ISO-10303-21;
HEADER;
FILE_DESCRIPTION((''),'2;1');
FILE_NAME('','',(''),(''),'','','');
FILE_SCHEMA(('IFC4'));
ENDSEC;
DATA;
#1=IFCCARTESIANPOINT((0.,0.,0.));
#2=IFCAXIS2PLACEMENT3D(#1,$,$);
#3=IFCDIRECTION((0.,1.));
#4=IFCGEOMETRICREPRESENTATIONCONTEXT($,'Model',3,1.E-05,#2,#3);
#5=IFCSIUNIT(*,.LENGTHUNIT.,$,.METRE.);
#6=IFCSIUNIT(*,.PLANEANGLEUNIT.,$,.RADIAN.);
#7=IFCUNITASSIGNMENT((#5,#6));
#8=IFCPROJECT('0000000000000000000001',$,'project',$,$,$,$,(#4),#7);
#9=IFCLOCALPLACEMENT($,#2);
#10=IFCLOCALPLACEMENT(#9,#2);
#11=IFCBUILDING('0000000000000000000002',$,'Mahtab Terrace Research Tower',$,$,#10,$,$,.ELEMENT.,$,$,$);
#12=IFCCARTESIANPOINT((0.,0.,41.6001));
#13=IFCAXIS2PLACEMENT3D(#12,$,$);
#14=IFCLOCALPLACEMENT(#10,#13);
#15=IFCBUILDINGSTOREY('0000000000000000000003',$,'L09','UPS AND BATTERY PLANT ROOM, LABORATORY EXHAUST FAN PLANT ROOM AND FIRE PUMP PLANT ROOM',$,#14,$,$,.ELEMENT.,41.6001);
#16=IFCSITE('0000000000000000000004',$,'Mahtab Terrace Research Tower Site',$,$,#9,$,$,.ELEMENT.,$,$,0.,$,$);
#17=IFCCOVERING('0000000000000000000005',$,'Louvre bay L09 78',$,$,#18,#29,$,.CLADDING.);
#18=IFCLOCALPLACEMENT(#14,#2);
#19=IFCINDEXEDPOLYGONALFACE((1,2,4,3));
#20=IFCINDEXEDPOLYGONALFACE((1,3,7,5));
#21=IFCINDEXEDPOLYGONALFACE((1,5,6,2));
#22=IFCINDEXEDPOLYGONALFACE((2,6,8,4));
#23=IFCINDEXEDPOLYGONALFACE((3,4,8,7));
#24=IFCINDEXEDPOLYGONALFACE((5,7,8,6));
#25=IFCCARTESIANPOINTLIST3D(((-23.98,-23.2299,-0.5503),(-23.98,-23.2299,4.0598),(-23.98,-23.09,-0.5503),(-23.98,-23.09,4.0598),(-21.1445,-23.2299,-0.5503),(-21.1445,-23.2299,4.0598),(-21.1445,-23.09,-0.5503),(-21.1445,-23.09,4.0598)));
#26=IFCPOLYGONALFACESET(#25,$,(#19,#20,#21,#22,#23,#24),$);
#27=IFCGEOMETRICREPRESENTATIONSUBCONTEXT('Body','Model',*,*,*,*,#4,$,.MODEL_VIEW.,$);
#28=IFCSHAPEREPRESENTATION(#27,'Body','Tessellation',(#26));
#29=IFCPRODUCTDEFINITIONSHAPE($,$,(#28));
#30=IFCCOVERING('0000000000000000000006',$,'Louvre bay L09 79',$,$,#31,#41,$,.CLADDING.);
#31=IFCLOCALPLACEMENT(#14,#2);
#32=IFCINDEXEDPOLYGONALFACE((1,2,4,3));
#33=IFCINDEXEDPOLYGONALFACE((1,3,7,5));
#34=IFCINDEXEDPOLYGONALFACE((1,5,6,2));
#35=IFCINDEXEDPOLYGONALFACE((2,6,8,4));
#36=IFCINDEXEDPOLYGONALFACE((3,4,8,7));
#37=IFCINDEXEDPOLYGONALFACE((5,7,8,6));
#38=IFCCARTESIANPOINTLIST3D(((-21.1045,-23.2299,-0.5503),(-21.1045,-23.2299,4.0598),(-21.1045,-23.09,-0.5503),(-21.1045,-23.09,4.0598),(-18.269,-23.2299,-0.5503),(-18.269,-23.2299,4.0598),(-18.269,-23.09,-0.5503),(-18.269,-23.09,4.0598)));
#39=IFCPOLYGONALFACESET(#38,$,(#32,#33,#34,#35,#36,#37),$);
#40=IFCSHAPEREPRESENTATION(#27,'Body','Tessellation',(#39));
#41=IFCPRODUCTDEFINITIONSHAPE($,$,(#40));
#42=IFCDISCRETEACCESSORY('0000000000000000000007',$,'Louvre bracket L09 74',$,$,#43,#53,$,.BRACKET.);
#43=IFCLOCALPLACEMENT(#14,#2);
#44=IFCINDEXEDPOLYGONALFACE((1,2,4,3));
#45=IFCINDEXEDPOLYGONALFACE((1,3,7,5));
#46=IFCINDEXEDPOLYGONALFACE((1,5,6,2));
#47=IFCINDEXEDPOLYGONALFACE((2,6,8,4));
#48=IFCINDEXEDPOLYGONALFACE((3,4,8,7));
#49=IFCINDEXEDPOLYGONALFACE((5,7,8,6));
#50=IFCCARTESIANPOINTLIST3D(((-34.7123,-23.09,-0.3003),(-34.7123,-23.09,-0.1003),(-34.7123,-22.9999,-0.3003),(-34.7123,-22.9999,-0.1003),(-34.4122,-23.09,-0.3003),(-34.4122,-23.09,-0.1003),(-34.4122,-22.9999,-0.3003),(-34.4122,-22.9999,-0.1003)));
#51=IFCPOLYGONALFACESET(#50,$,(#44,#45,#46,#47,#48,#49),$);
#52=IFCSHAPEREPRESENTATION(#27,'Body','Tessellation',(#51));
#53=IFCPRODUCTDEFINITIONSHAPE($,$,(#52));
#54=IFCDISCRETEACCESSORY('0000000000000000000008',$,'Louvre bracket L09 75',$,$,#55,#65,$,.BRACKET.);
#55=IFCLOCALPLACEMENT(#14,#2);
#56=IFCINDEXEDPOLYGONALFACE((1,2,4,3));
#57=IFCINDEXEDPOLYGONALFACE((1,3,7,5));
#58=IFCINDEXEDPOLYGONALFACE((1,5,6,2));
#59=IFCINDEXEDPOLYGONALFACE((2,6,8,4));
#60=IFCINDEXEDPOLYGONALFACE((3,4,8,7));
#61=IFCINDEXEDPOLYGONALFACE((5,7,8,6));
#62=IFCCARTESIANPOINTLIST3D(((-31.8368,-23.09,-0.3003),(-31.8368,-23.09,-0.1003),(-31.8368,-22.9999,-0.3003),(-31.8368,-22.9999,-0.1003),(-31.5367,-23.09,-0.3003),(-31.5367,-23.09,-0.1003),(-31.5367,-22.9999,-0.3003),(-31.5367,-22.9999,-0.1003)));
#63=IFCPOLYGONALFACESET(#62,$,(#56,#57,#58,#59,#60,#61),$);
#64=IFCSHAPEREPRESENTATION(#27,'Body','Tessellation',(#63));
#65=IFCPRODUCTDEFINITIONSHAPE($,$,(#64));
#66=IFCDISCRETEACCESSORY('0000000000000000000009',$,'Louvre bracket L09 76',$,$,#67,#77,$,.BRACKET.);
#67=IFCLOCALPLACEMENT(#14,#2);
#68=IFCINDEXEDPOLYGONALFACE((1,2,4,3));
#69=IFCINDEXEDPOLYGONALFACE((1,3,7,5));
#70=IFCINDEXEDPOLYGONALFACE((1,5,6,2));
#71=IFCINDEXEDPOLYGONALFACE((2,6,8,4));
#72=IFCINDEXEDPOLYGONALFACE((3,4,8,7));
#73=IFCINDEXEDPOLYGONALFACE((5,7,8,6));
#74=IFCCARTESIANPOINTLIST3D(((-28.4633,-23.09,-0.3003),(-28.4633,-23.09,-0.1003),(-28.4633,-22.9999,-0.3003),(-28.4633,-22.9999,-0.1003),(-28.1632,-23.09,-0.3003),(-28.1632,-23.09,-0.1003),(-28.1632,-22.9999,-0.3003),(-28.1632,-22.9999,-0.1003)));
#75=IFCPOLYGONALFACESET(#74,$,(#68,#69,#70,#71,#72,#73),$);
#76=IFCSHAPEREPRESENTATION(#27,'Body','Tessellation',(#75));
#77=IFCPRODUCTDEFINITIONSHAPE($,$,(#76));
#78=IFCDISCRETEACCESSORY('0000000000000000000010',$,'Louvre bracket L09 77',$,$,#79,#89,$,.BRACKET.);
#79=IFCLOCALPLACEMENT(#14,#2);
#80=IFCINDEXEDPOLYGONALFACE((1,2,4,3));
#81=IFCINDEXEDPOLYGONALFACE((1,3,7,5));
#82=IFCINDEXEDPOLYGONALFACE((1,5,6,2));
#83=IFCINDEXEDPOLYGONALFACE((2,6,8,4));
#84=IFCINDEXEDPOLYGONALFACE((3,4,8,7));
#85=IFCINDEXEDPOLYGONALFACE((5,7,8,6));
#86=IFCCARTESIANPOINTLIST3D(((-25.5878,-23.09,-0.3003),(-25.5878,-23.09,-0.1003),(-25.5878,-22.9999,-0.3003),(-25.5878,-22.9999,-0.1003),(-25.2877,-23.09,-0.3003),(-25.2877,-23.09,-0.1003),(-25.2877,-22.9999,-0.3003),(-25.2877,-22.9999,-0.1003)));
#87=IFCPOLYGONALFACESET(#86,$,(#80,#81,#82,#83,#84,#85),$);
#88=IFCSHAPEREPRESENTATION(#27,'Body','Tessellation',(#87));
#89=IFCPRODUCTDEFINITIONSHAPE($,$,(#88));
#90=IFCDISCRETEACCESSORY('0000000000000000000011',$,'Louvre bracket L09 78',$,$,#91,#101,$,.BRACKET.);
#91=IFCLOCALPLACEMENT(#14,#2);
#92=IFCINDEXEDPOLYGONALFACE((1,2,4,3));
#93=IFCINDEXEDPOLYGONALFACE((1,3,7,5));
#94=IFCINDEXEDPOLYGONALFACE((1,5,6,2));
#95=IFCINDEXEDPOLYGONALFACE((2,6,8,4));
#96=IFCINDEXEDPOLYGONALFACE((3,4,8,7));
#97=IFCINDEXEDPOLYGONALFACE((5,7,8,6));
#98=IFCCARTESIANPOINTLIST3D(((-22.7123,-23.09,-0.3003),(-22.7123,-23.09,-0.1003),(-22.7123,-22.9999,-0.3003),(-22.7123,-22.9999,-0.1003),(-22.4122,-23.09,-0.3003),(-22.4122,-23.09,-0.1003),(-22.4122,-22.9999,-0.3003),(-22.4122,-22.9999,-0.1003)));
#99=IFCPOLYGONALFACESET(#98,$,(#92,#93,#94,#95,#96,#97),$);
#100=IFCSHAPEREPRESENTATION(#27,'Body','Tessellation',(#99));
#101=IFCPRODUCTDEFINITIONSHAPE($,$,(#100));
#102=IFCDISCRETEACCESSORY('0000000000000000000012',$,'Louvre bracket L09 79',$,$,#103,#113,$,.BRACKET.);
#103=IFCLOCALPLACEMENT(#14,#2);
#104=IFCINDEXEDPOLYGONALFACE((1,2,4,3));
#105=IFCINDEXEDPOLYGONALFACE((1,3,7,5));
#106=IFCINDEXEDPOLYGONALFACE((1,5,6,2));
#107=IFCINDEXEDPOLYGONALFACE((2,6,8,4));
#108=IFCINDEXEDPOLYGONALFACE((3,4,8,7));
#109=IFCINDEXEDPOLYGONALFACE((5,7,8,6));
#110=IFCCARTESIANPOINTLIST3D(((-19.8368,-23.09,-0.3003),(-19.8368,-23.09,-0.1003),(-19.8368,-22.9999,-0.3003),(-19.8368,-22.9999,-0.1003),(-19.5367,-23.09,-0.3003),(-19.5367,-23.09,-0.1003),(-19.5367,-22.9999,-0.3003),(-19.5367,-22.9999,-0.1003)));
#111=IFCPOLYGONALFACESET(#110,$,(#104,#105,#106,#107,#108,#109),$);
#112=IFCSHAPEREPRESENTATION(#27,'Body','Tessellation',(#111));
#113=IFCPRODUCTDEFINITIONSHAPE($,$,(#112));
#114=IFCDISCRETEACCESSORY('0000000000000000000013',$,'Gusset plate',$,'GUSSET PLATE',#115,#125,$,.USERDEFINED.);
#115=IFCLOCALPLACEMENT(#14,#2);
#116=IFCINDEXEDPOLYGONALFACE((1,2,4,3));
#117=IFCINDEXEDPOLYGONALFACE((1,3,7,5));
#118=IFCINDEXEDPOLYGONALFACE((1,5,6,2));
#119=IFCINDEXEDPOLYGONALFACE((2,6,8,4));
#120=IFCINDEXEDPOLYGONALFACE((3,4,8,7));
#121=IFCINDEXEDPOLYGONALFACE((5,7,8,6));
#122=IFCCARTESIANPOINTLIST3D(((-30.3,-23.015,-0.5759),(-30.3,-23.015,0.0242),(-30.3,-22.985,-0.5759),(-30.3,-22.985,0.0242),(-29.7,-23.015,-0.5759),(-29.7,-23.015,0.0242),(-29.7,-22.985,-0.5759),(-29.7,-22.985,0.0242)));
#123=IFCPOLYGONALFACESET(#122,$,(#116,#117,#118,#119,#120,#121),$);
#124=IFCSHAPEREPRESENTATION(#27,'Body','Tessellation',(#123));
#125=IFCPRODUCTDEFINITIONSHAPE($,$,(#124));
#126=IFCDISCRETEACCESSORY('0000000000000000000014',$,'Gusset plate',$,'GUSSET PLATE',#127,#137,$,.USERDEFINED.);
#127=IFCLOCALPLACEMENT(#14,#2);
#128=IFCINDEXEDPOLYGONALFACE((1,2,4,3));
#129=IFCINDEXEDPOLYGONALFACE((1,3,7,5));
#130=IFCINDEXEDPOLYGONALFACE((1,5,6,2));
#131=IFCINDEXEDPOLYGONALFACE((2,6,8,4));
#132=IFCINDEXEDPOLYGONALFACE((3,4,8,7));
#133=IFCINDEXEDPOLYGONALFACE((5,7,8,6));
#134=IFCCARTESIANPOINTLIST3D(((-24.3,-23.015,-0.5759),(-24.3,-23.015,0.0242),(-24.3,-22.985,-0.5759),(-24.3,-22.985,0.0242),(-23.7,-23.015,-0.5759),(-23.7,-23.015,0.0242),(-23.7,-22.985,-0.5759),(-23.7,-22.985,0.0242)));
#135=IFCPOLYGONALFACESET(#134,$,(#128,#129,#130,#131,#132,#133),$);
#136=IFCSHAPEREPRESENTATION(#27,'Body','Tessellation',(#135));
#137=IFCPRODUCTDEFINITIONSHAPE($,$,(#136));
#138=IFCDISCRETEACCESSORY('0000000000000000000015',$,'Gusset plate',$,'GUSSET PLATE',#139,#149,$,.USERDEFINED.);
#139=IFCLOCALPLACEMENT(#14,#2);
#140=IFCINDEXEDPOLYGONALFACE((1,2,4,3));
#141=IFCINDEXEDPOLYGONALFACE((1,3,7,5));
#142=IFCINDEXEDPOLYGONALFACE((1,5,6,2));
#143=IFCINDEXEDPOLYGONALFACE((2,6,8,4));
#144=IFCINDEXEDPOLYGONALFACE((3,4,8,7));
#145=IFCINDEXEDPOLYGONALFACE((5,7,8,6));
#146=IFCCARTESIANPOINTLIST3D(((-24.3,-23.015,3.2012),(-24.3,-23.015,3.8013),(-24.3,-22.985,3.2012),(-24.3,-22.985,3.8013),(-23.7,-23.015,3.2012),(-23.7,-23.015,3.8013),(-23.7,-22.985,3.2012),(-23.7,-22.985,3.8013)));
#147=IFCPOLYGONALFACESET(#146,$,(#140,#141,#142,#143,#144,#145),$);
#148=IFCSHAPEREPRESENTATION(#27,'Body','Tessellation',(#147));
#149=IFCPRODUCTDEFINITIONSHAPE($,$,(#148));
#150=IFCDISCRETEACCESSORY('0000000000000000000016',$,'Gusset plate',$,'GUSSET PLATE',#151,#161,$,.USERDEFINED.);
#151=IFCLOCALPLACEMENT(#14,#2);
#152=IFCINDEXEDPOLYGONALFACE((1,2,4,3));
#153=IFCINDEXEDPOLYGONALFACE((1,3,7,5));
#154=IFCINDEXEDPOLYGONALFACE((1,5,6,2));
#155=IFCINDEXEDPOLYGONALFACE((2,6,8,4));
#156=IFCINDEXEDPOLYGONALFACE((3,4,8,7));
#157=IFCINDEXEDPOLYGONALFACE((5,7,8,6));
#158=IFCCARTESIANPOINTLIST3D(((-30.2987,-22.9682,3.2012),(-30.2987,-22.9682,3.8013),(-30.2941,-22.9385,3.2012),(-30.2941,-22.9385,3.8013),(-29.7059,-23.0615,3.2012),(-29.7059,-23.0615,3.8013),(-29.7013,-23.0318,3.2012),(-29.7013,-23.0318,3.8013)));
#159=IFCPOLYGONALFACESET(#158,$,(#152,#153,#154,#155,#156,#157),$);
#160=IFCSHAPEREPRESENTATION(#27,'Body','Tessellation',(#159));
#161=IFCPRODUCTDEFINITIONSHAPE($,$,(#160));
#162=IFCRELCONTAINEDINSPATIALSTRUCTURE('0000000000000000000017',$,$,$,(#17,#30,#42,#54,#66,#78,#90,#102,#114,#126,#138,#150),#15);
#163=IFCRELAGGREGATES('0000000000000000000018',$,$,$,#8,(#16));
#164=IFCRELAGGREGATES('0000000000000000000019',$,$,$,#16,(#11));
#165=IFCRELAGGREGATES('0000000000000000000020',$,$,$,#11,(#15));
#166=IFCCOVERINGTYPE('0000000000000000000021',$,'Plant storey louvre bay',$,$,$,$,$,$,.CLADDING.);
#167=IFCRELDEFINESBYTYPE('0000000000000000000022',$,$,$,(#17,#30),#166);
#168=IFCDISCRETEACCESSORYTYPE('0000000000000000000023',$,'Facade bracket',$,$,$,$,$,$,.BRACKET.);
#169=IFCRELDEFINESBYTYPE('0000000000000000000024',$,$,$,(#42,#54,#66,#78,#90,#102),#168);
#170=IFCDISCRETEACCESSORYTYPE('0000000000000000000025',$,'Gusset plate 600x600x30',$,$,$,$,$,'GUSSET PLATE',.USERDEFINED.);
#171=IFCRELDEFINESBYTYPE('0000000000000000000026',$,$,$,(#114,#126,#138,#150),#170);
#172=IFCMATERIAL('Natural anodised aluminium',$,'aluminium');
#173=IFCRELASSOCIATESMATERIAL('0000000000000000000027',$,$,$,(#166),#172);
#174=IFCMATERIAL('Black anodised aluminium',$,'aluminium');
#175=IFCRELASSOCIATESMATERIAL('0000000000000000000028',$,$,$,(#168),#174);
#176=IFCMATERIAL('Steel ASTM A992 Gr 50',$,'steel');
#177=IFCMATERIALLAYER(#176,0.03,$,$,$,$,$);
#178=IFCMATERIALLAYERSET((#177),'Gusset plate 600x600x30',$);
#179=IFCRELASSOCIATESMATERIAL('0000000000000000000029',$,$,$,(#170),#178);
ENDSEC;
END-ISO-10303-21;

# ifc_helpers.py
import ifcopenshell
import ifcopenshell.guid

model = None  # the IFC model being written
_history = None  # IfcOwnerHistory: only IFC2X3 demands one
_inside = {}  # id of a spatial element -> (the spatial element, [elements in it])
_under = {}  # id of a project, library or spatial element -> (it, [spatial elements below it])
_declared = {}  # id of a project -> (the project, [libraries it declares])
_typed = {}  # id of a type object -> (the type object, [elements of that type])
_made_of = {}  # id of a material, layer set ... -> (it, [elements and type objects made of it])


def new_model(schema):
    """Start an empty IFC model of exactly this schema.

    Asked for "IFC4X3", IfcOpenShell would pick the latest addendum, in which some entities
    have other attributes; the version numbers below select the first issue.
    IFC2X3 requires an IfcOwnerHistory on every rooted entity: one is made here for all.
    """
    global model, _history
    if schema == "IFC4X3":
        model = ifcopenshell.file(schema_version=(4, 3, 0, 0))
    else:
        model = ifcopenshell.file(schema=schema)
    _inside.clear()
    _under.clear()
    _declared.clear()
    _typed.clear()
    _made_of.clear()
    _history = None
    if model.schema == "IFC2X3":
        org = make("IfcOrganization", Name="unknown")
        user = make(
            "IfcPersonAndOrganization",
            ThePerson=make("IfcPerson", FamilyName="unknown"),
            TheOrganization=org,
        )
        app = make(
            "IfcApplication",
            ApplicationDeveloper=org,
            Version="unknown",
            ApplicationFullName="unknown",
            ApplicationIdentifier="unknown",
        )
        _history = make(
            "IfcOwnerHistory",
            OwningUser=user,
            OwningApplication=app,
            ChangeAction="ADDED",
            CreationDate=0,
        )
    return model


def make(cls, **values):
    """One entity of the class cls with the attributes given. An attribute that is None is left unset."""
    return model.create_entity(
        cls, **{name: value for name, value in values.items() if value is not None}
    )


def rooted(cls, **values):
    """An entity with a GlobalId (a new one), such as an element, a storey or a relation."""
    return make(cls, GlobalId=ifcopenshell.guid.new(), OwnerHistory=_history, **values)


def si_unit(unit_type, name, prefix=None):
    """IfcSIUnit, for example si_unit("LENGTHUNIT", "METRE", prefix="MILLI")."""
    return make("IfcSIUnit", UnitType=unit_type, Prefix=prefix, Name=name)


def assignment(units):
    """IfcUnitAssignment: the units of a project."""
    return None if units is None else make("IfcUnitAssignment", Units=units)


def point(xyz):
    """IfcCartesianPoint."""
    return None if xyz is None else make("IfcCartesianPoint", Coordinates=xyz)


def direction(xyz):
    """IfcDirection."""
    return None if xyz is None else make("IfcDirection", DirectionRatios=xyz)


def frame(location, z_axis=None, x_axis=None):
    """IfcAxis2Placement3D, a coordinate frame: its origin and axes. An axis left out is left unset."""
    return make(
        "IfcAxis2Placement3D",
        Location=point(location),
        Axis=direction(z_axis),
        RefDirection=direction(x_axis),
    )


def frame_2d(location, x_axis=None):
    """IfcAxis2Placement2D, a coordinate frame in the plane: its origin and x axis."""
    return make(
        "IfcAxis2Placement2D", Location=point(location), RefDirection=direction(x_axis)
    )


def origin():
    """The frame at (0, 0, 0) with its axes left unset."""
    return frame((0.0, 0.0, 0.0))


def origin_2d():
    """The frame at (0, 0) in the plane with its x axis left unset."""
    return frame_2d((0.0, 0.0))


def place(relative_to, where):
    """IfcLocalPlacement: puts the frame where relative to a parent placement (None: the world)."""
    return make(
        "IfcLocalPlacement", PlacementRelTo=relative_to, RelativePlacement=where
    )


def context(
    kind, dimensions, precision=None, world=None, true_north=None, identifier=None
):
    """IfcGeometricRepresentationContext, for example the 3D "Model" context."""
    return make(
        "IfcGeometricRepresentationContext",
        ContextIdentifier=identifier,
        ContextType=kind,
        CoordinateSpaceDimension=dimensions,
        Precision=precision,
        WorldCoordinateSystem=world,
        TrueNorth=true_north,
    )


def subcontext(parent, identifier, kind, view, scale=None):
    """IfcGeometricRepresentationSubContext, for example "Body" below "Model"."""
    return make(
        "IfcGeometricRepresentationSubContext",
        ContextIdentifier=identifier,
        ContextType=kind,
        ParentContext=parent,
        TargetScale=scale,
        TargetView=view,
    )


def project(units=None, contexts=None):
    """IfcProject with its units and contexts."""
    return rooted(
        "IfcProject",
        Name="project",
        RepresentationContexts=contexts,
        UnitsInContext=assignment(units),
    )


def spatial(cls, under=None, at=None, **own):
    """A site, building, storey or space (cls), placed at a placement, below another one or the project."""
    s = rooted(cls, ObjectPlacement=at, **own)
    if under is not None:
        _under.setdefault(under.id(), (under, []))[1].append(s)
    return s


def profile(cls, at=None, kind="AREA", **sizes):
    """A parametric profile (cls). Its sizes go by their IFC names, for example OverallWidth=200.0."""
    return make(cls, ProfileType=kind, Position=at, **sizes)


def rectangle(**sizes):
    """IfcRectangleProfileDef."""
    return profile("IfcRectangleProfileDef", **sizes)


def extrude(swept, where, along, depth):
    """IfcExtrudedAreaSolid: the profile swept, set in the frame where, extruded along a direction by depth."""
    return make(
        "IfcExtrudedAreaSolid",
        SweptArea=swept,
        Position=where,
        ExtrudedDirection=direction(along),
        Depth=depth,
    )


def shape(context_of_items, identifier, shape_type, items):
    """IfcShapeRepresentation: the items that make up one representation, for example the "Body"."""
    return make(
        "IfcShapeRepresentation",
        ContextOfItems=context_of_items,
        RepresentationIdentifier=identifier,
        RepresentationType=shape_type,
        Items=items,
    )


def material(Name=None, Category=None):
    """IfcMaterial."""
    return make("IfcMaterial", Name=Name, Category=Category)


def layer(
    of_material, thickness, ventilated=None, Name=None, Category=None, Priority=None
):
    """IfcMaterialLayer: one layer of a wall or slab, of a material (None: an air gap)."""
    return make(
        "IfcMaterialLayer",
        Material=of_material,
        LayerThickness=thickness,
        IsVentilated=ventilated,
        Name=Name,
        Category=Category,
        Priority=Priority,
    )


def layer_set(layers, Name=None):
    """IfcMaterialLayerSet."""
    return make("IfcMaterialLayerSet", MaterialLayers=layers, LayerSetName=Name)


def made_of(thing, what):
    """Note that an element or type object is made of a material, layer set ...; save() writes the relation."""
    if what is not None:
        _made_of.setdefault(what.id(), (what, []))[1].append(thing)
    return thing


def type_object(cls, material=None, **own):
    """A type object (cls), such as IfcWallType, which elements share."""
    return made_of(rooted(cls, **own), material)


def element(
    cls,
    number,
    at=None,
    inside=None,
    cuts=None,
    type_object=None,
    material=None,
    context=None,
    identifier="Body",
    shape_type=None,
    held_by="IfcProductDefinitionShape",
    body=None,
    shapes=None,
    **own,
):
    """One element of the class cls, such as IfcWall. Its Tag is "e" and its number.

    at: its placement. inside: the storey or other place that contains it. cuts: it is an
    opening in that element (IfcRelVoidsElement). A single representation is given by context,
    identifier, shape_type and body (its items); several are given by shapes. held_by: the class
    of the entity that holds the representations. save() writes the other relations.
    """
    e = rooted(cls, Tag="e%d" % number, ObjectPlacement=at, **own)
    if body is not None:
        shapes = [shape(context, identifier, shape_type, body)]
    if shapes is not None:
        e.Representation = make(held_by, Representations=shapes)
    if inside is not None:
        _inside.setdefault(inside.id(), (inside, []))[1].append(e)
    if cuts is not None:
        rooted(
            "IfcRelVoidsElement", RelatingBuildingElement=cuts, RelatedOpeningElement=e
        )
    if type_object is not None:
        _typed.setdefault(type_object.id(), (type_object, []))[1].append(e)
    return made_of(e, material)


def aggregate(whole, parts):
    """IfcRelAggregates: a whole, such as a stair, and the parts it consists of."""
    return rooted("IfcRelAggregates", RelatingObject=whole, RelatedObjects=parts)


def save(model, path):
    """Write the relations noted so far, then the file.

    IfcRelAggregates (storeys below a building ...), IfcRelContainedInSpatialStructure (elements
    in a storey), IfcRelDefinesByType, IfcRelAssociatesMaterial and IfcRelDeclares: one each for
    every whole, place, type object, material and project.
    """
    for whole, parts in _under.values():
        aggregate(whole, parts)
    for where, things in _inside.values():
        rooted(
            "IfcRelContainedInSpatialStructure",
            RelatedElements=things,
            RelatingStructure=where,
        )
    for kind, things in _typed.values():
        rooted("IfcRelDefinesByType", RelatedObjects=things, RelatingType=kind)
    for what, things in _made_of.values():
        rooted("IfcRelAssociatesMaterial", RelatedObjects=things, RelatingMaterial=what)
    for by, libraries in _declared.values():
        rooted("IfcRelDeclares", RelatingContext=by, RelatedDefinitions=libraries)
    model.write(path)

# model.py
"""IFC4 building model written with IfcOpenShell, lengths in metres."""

from ifc_helpers import new_model, si_unit, direction, frame, origin, origin_2d, place, context, subcontext, project, spatial, rectangle, extrude, material, layer, layer_set, type_object, element, save


model = new_model("IFC4")

# Units and contexts
model_context = context("Model", 3, precision=1e-05, world=origin(), true_north=direction((0.0, 1.0)))
body_context = subcontext(model_context, "Body", "Model", "MODEL_VIEW")
ifc_project = project(units=[si_unit("LENGTHUNIT", "METRE"), si_unit("PLANEANGLEUNIT", "RADIAN")], contexts=[model_context])

# Site, building, storey
site_placement = place(None, origin())
site = spatial("IfcSite", under=ifc_project, at=site_placement, Name="Mahtab Terrace Research Tower Site", CompositionType="ELEMENT", RefElevation=0.0)
building_placement = place(site_placement, origin())
building = spatial("IfcBuilding", under=site, at=building_placement, Name="Mahtab Terrace Research Tower", CompositionType="ELEMENT")
storey_placement = place(building_placement, frame((0.0, 0.0, 41.6001)))
storey = spatial("IfcBuildingStorey", under=building, at=storey_placement, Name="L09", Description="UPS AND BATTERY PLANT ROOM, LABORATORY EXHAUST FAN PLANT ROOM AND FIRE PUMP PLANT ROOM", CompositionType="ELEMENT", Elevation=41.6001)

# Shared definitions
ifc_material_1 = material(Name="Steel ASTM A992 Gr 50", Category="steel")

# Coverings
ifc_material_2 = material(Name="Natural anodised aluminium", Category="aluminium")
covering_type = type_object("IfcCoveringType", Name="Plant storey louvre bay", PredefinedType="CLADDING", material=ifc_material_2)
for number, where, z_axis, x_axis, name in (
    (1, (-22.5623, -23.1599, -0.5503), (0.0, 0.0, 1.0), (1.0, 0.0, 0.0), "Louvre bay L09 78"),
    (2, (-19.6868, -23.1599, -0.5503), (0.0, 0.0, 1.0), (1.0, 0.0, 0.0), "Louvre bay L09 79"),
):
    element("IfcCovering", number, at=place(storey_placement, frame(where, z_axis=z_axis, x_axis=x_axis)), inside=storey, type_object=covering_type, Name=name, PredefinedType="CLADDING", context=body_context, shape_type="SweptSolid", body=[
        extrude(rectangle(XDim=2.8354, YDim=0.1399, at=origin_2d()), origin(), (0.0, 0.0, 1.0), 4.6101),
    ])

# Discrete accessories
ifc_material_3 = material(Name="Black anodised aluminium", Category="aluminium")
discrete_accessory_type_1 = type_object("IfcDiscreteAccessoryType", Name="Facade bracket", PredefinedType="BRACKET", material=ifc_material_3)
for number, where, z_axis, x_axis, name in (
    (3, (-34.5623, -23.0449, -0.3003), (0.0, 0.0, 1.0), (1.0, 0.0, 0.0), "Louvre bracket L09 74"),
    (4, (-31.6868, -23.0449, -0.3003), (0.0, 0.0, 1.0), (1.0, 0.0, 0.0), "Louvre bracket L09 75"),
    (5, (-28.3132, -23.0449, -0.3003), (0.0, 0.0, 1.0), (1.0, 0.0, 0.0), "Louvre bracket L09 76"),
    (6, (-25.4377, -23.0449, -0.3003), (0.0, 0.0, 1.0), (1.0, 0.0, 0.0), "Louvre bracket L09 77"),
    (7, (-22.5623, -23.0449, -0.3003), (0.0, 0.0, 1.0), (1.0, 0.0, 0.0), "Louvre bracket L09 78"),
    (8, (-19.6868, -23.0449, -0.3003), (0.0, 0.0, 1.0), (1.0, 0.0, 0.0), "Louvre bracket L09 79"),
):
    element("IfcDiscreteAccessory", number, at=place(storey_placement, frame(where, z_axis=z_axis, x_axis=x_axis)), inside=storey, type_object=discrete_accessory_type_1, Name=name, PredefinedType="BRACKET", context=body_context, shape_type="SweptSolid", body=[
        extrude(rectangle(XDim=0.3, YDim=0.0901, at=origin_2d()), origin(), (0.0, 0.0, 1.0), 0.2),
    ])
ifc_layer_1 = layer(ifc_material_1, 0.03)
ifc_layer_set_1 = layer_set([ifc_layer_1], Name="Gusset plate 600x600x30")
discrete_accessory_type_2 = type_object("IfcDiscreteAccessoryType", Name="Gusset plate 600x600x30", ElementType="GUSSET PLATE", PredefinedType="USERDEFINED", material=ifc_layer_set_1)
for number, where, z_axis, x_axis, name in (
    (9, (-30.0, -23.0, -0.5759), (0.0, 0.0, 1.0), (1.0, 0.0, 0.0), "Gusset plate"),
    (10, (-24.0, -23.0, -0.5759), (0.0, 0.0, 1.0), (1.0, 0.0, 0.0), "Gusset plate"),
    (11, (-24.0, -23.0, 3.2012), (0.0, 0.0, 1.0), (1.0, 0.0, 0.0), "Gusset plate"),
    (12, (-30.0, -23.0, 3.2012), (0.0, 0.0, 1.0), (-0.987835, 0.155504, 0.0), "Gusset plate"),
):
    element("IfcDiscreteAccessory", number, at=place(storey_placement, frame(where, z_axis=z_axis, x_axis=x_axis)), inside=storey, type_object=discrete_accessory_type_2, Name=name, ObjectType="GUSSET PLATE", PredefinedType="USERDEFINED", context=body_context, shape_type="SweptSolid", body=[
        extrude(rectangle(XDim=0.6001, YDim=0.03, at=origin_2d()), origin(), (0.0, 0.0, 1.0), 0.6001),
    ])

save(model, "model.ifc")
